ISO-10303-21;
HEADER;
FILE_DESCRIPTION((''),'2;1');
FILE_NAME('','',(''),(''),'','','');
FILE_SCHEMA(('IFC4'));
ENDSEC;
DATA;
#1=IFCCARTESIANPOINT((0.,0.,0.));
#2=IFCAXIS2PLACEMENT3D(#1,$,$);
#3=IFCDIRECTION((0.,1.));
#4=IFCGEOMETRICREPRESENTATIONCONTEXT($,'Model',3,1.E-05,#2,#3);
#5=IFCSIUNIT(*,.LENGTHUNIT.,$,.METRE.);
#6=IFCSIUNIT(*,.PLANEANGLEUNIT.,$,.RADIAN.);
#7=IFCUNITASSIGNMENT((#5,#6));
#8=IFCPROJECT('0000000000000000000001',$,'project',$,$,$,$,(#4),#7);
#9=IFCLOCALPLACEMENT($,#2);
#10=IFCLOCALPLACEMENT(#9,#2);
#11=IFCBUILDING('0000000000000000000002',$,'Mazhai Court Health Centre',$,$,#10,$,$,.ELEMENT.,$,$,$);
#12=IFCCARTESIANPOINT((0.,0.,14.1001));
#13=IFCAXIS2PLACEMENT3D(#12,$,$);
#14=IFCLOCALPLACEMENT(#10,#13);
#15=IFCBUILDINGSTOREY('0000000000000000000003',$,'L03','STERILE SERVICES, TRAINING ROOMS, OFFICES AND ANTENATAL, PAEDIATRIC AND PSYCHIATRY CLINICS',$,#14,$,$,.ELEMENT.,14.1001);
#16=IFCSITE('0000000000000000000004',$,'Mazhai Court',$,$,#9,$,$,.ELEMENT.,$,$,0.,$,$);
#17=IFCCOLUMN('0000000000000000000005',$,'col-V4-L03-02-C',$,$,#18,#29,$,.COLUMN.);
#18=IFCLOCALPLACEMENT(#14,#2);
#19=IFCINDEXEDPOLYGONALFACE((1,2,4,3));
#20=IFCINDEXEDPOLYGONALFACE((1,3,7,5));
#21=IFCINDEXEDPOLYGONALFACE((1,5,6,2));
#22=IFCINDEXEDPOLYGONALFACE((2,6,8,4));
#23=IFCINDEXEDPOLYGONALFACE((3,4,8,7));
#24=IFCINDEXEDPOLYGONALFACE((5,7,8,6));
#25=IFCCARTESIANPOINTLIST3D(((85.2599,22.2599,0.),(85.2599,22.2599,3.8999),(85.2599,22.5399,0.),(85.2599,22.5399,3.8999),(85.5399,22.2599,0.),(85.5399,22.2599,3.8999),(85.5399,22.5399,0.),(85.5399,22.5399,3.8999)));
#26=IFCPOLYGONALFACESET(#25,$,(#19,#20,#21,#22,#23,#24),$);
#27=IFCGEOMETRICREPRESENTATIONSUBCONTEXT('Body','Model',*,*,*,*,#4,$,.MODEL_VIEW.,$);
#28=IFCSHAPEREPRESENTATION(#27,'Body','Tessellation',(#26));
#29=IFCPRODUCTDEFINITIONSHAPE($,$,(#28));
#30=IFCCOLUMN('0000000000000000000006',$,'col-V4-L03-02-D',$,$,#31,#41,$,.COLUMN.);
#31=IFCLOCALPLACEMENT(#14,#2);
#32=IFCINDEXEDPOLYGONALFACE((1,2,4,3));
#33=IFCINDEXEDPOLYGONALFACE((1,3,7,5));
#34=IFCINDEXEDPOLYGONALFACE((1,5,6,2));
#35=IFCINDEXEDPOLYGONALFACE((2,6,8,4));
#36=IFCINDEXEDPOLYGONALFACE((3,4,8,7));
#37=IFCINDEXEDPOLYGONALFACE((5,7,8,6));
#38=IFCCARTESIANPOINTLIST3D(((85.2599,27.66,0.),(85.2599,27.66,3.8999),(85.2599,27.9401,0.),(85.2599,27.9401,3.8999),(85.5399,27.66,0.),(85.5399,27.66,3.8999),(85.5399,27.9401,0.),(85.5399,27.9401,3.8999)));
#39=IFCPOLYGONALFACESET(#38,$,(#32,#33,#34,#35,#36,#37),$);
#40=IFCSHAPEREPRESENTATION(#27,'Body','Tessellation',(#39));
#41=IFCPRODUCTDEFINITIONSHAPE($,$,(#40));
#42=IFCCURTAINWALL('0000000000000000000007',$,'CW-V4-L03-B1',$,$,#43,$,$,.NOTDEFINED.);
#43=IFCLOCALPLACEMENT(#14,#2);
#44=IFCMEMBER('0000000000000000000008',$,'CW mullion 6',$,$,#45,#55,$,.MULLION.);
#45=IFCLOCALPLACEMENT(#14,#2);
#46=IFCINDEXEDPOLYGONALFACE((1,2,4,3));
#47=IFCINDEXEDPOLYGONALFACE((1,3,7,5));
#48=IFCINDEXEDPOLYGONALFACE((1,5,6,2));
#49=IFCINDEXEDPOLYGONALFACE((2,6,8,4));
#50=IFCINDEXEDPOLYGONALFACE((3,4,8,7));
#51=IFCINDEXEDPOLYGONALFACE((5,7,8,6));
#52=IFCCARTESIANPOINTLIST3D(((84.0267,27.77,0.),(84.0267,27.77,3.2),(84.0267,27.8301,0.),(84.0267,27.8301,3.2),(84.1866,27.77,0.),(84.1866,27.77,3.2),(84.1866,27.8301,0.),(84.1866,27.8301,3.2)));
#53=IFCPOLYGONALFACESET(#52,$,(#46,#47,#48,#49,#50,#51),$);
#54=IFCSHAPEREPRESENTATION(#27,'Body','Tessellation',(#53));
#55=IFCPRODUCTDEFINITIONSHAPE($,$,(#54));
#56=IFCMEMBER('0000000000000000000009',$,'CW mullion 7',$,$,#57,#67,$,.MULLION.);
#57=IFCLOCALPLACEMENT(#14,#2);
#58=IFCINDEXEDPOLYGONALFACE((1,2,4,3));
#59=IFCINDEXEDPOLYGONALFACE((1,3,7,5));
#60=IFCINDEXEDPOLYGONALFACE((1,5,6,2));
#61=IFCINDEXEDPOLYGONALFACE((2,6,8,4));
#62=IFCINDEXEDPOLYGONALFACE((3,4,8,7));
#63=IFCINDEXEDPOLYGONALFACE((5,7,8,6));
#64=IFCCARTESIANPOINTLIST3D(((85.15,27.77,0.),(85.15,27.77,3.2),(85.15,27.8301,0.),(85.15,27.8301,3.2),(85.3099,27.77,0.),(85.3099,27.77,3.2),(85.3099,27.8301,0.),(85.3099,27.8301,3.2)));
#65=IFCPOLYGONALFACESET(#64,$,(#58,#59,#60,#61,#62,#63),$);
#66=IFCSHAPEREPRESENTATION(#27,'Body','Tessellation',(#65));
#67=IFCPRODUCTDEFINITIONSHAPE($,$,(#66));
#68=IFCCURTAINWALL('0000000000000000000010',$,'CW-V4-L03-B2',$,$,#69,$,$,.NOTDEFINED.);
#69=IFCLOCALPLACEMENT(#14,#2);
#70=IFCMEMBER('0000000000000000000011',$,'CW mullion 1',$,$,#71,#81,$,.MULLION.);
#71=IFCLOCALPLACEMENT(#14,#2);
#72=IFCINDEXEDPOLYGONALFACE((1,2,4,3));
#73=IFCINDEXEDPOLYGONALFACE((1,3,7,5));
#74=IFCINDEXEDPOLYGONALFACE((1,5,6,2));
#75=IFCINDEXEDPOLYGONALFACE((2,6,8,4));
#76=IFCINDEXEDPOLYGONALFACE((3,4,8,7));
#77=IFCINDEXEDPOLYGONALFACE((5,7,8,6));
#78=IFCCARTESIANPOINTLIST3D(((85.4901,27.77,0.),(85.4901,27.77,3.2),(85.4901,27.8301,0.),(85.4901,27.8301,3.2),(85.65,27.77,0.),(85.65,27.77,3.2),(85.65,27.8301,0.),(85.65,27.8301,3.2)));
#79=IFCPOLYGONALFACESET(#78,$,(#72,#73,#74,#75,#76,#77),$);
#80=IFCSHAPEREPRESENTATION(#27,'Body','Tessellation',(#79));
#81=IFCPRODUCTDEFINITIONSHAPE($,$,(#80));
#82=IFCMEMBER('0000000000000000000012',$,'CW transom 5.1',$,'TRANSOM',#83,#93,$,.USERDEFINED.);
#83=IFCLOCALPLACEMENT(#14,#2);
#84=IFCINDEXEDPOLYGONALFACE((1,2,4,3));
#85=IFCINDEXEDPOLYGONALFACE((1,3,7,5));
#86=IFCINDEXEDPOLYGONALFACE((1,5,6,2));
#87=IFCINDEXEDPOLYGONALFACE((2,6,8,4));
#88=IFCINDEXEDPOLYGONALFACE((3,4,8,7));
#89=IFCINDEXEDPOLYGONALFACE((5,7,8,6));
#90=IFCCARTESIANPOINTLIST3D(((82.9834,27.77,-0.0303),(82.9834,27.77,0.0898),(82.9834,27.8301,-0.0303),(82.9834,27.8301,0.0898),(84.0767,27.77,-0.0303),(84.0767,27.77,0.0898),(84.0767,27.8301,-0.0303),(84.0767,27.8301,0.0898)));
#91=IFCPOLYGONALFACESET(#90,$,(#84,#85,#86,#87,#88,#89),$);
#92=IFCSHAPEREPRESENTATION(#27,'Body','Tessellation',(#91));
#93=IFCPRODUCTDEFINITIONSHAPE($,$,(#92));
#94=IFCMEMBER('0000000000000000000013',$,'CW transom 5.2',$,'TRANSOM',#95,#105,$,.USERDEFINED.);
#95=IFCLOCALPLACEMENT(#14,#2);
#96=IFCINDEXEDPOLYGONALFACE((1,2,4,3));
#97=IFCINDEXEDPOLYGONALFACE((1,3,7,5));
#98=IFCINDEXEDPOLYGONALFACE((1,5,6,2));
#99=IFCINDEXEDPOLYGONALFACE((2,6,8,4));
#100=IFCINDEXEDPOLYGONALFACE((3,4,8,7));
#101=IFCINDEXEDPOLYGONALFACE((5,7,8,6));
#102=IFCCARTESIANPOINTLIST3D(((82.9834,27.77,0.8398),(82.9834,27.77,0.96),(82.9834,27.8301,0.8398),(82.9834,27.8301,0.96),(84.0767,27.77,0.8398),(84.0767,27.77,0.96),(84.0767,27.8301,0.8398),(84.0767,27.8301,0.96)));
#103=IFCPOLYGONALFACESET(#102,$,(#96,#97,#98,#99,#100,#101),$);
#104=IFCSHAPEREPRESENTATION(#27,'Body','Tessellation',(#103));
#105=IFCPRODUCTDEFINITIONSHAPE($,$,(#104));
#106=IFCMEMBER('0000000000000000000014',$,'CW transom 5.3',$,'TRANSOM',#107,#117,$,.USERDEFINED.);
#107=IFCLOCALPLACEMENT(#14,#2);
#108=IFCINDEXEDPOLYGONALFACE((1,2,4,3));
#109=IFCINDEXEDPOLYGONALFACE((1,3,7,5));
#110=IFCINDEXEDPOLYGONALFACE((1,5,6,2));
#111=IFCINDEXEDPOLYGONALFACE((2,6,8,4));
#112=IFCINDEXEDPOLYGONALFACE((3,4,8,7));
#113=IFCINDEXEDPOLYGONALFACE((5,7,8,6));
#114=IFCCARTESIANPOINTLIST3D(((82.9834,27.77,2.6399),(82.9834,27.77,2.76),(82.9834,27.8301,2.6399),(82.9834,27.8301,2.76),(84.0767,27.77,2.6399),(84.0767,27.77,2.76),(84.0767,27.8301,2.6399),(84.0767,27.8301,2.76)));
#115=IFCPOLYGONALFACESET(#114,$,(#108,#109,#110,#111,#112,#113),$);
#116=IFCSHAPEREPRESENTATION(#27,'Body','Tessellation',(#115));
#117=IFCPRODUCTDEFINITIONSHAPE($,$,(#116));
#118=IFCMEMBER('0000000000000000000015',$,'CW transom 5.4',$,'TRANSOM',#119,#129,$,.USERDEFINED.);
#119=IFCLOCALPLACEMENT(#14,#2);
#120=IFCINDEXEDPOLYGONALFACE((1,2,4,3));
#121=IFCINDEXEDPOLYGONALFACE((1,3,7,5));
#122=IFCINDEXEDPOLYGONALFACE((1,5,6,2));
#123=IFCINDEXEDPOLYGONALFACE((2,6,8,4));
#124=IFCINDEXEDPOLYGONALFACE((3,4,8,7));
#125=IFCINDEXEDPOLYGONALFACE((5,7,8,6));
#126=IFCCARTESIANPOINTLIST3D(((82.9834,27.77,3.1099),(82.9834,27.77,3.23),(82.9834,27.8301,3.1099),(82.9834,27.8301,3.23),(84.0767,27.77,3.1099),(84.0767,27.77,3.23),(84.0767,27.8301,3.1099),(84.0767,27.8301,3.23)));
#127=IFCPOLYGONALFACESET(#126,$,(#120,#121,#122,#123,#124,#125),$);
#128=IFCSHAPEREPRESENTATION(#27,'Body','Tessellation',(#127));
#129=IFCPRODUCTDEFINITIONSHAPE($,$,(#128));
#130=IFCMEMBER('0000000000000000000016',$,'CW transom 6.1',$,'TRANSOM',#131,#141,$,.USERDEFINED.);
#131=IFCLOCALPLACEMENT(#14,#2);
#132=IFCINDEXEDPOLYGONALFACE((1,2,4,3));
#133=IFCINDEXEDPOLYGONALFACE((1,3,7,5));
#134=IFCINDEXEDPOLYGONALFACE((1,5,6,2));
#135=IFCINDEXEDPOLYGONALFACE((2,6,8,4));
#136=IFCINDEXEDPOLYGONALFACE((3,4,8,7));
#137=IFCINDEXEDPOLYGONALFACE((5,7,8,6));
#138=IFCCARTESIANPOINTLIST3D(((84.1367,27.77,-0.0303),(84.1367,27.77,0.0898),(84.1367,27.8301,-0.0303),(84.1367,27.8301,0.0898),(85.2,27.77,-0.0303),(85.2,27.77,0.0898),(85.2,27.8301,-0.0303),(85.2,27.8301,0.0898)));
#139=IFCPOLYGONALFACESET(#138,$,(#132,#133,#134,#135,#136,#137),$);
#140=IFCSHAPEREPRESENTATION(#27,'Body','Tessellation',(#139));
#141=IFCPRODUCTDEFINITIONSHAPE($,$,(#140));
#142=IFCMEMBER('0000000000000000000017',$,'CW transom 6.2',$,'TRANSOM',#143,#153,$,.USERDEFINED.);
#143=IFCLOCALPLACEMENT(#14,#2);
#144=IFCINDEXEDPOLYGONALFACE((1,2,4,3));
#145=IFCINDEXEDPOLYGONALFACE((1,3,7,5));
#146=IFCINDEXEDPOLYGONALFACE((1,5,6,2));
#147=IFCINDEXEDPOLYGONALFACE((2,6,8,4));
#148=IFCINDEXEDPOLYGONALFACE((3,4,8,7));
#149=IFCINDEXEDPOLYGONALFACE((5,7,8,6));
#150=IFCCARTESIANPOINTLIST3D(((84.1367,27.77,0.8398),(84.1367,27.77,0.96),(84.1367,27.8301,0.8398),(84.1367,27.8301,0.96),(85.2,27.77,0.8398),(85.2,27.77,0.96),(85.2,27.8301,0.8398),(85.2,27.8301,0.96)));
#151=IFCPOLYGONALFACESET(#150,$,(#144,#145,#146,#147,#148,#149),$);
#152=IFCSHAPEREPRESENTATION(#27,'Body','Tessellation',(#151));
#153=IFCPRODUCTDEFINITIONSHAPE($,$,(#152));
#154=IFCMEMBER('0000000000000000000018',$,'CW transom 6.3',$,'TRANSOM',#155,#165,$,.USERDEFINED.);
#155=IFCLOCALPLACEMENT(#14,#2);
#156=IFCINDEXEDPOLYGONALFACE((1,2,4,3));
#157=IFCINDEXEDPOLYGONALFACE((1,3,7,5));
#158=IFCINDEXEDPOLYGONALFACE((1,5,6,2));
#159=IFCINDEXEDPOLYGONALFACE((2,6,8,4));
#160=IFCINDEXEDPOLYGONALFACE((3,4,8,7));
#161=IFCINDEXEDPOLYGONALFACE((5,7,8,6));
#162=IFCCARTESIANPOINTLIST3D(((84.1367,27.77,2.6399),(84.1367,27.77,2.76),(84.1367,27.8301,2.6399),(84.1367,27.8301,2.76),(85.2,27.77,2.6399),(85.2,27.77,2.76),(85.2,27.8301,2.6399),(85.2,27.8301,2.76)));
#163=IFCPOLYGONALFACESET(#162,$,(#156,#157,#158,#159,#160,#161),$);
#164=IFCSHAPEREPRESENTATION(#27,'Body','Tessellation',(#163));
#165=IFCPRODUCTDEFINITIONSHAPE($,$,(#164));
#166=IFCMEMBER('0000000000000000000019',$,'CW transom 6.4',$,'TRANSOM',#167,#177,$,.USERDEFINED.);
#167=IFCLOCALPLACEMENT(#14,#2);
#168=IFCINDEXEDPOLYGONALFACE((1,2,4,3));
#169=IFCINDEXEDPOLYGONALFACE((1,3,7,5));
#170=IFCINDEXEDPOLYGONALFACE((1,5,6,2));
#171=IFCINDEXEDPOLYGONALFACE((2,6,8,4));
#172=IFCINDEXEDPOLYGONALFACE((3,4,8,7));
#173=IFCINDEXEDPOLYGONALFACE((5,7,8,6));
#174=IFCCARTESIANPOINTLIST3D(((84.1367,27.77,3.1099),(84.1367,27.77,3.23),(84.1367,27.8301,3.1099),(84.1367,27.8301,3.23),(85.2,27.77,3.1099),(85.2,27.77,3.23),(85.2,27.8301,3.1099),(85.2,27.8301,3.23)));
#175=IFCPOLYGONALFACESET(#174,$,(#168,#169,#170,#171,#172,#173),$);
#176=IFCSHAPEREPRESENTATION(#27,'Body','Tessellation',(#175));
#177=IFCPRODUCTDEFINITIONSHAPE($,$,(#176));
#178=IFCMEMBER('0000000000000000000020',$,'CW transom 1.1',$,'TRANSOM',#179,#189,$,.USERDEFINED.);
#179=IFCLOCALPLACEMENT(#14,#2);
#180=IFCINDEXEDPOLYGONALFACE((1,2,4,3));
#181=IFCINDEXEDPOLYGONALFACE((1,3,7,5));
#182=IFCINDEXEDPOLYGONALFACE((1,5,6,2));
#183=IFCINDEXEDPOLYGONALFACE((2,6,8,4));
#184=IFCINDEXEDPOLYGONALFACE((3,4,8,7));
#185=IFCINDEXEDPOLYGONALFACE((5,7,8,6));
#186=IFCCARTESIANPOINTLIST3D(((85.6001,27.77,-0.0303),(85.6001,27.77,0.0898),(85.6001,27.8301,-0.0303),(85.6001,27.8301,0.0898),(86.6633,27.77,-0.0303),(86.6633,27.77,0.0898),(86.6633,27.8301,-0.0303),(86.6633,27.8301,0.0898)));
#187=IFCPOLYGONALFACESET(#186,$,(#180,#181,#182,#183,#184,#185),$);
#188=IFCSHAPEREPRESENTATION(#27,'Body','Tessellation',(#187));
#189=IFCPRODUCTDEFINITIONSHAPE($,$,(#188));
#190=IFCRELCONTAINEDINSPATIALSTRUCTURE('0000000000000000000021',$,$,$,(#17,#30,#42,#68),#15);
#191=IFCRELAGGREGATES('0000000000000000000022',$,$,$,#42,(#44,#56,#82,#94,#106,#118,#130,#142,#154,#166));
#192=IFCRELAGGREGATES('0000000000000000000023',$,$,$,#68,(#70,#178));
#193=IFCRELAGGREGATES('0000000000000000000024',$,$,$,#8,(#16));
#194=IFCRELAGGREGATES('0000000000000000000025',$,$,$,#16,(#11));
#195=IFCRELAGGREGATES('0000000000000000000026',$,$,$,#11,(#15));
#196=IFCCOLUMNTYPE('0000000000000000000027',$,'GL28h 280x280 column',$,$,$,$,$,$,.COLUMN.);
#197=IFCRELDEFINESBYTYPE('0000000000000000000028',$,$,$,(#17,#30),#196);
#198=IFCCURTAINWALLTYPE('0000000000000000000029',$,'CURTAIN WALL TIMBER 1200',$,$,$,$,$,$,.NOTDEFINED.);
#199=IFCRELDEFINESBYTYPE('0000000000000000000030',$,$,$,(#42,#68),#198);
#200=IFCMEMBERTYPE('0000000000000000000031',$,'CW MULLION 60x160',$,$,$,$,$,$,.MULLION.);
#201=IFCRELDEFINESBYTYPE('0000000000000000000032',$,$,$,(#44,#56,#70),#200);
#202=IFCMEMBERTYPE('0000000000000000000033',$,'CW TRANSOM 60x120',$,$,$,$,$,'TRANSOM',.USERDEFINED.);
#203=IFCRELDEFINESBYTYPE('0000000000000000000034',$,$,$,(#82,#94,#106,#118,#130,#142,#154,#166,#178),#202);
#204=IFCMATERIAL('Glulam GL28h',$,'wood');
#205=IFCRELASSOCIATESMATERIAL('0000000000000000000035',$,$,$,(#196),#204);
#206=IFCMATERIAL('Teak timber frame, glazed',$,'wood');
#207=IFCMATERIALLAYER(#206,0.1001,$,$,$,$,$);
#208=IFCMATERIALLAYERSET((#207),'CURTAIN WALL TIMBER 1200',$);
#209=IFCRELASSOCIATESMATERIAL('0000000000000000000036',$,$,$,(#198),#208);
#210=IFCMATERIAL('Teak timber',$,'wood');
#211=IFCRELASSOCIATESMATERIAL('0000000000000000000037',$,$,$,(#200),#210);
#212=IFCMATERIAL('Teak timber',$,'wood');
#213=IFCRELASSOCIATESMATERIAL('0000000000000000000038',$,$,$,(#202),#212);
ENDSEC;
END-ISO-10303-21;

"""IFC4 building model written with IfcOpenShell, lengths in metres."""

from ifc_helpers import new_model, si_unit, direction, frame, origin, origin_2d, place, context, subcontext, project, spatial, rectangle, extrude, material, layer, layer_set, material_profile, profile_set, type_object, element, aggregate, save


model = new_model("IFC4")

# Units and contexts
model_context = context("Model", 3, precision=1e-05, world=origin(), true_north=direction((0.0, 1.0)))
body_context = subcontext(model_context, "Body", "Model", "MODEL_VIEW")
ifc_project = project(units=[si_unit("LENGTHUNIT", "METRE"), si_unit("PLANEANGLEUNIT", "RADIAN")], contexts=[model_context])

# Site, building, storey
site_placement = place(None, origin())
site = spatial("IfcSite", under=ifc_project, at=site_placement, Name="Mazhai Court", CompositionType="ELEMENT", RefElevation=0.0)
building_placement = place(site_placement, origin())
building = spatial("IfcBuilding", under=site, at=building_placement, Name="Mazhai Court Health Centre", CompositionType="ELEMENT")
storey_placement = place(building_placement, frame((0.0, 0.0, 14.1001)))
storey = spatial("IfcBuildingStorey", under=building, at=storey_placement, Name="L03", Description="STERILE SERVICES, TRAINING ROOMS, OFFICES AND ANTENATAL, PAEDIATRIC AND PSYCHIATRY CLINICS", CompositionType="ELEMENT", Elevation=14.1001)

# Columns
ifc_material_1 = material(Name="Glulam GL28h", Category="wood")
ifc_material_profile_1 = material_profile(ifc_material_1, rectangle(XDim=0.28, YDim=0.28, at=origin_2d()), Name="GL28h 280x280")
ifc_profile_set_1 = profile_set([ifc_material_profile_1], Name="Glulam GL28h")
column_type = type_object("IfcColumnType", Name="GL28h 280x280 column", PredefinedType="COLUMN", material=ifc_profile_set_1)
for number, where, z_axis, x_axis, name in (
    (1, (85.3999, 22.3999, 0.0), (0.0, 0.0, 1.0), (1.0, 0.0, 0.0), "col-V4-L03-02-C"),
    (2, (85.3999, 27.8, 0.0), (0.0, 0.0, 1.0), (1.0, 0.0, 0.0), "col-V4-L03-02-D"),
):
    element("IfcColumn", number, at=place(storey_placement, frame(where, z_axis=z_axis, x_axis=x_axis)), inside=storey, type_object=column_type, Name=name, PredefinedType="COLUMN", context=body_context, shape_type="SweptSolid", body=[
        extrude(rectangle(XDim=0.28, YDim=0.28, at=origin_2d()), origin(), (0.0, 0.0, 1.0), 3.8999),
    ])

# Curtain wall, members
ifc_material_2 = material(Name="Teak timber frame, glazed", Category="wood")
ifc_layer_1 = layer(ifc_material_2, 0.1001)
ifc_layer_set_1 = layer_set([ifc_layer_1], Name="CURTAIN WALL TIMBER 1200")
curtain_wall_type = type_object("IfcCurtainWallType", Name="CURTAIN WALL TIMBER 1200", PredefinedType="NOTDEFINED", material=ifc_layer_set_1)
curtain_wall_1_placement = place(storey_placement, origin())
curtain_wall_1 = element("IfcCurtainWall", 3, at=curtain_wall_1_placement, inside=storey, type_object=curtain_wall_type, Name="CW-V4-L03-B1", PredefinedType="NOTDEFINED")
ifc_material_3 = material(Name="Teak timber", Category="wood")
ifc_material_profile_2 = material_profile(ifc_material_3, rectangle(XDim=0.0601, YDim=0.1599, at=origin_2d()), Name="CW MULLION 60x160")
ifc_profile_set_2 = profile_set([ifc_material_profile_2], Name="Teak timber")
member_type_1 = type_object("IfcMemberType", Name="CW MULLION 60x160", PredefinedType="MULLION", material=ifc_profile_set_2)
member_1_placement = place(storey_placement, frame((84.1067, 27.8, 0.0), z_axis=(0.0, 0.0, 1.0), x_axis=(0.0, 1.0, 0.0)))
member_1 = element("IfcMember", 4, at=member_1_placement, type_object=member_type_1, Name="CW mullion 6", PredefinedType="MULLION", context=body_context, shape_type="SweptSolid", body=[
    extrude(rectangle(XDim=0.0601, YDim=0.1599, at=origin_2d()), origin(), (0.0, 0.0, 1.0), 3.2),
])
member_2_placement = place(storey_placement, frame((85.23, 27.8, 0.0), z_axis=(0.0, 0.0, 1.0), x_axis=(0.0, 1.0, 0.0)))
member_2 = element("IfcMember", 5, at=member_2_placement, type_object=member_type_1, Name="CW mullion 7", PredefinedType="MULLION", context=body_context, shape_type="SweptSolid", body=[
    extrude(rectangle(XDim=0.0601, YDim=0.1599, at=origin_2d()), origin(), (0.0, 0.0, 1.0), 3.2),
])

# Curtain wall, member
curtain_wall_2_placement = place(storey_placement, origin())
curtain_wall_2 = element("IfcCurtainWall", 6, at=curtain_wall_2_placement, inside=storey, type_object=curtain_wall_type, Name="CW-V4-L03-B2", PredefinedType="NOTDEFINED")
member_3_placement = place(storey_placement, frame((85.5701, 27.8, 0.0), z_axis=(0.0, 0.0, 1.0), x_axis=(0.0, 1.0, 0.0)))
member_3 = element("IfcMember", 7, at=member_3_placement, type_object=member_type_1, Name="CW mullion 1", PredefinedType="MULLION", context=body_context, shape_type="SweptSolid", body=[
    extrude(rectangle(XDim=0.0601, YDim=0.1599, at=origin_2d()), origin(), (0.0, 0.0, 1.0), 3.2),
])

# Members
ifc_material_4 = material(Name="Teak timber", Category="wood")
ifc_material_profile_3 = material_profile(ifc_material_4, rectangle(XDim=0.0601, YDim=0.1201, at=origin_2d()), Name="CW TRANSOM 60x120")
ifc_profile_set_3 = profile_set([ifc_material_profile_3], Name="Teak timber")
member_type_2 = type_object("IfcMemberType", Name="CW TRANSOM 60x120", ElementType="TRANSOM", PredefinedType="USERDEFINED", material=ifc_profile_set_3)
member_4_placement = place(storey_placement, frame((82.9834, 27.8, 0.0298), z_axis=(1.0, 0.0, 0.0), x_axis=(0.0, 1.0, 0.0)))
member_4 = element("IfcMember", 8, at=member_4_placement, type_object=member_type_2, Name="CW transom 5.1", ObjectType="TRANSOM", PredefinedType="USERDEFINED", context=body_context, shape_type="SweptSolid", body=[
    extrude(rectangle(XDim=0.0601, YDim=0.1201, at=origin_2d()), origin(), (0.0, 0.0, 1.0), 1.0933),
])
member_5_placement = place(storey_placement, frame((82.9834, 27.8, 0.8999), z_axis=(1.0, 0.0, 0.0), x_axis=(0.0, 1.0, 0.0)))
member_5 = element("IfcMember", 9, at=member_5_placement, type_object=member_type_2, Name="CW transom 5.2", ObjectType="TRANSOM", PredefinedType="USERDEFINED", context=body_context, shape_type="SweptSolid", body=[
    extrude(rectangle(XDim=0.0601, YDim=0.1201, at=origin_2d()), origin(), (0.0, 0.0, 1.0), 1.0933),
])
member_6_placement = place(storey_placement, frame((82.9834, 27.8, 2.7), z_axis=(1.0, 0.0, 0.0), x_axis=(0.0, 1.0, 0.0)))
member_6 = element("IfcMember", 10, at=member_6_placement, type_object=member_type_2, Name="CW transom 5.3", ObjectType="TRANSOM", PredefinedType="USERDEFINED", context=body_context, shape_type="SweptSolid", body=[
    extrude(rectangle(XDim=0.0601, YDim=0.1201, at=origin_2d()), origin(), (0.0, 0.0, 1.0), 1.0933),
])
member_7_placement = place(storey_placement, frame((82.9834, 27.8, 3.1699), z_axis=(1.0, 0.0, 0.0), x_axis=(0.0, 1.0, 0.0)))
member_7 = element("IfcMember", 11, at=member_7_placement, type_object=member_type_2, Name="CW transom 5.4", ObjectType="TRANSOM", PredefinedType="USERDEFINED", context=body_context, shape_type="SweptSolid", body=[
    extrude(rectangle(XDim=0.0601, YDim=0.1201, at=origin_2d()), origin(), (0.0, 0.0, 1.0), 1.0933),
])
member_8_placement = place(storey_placement, frame((84.1367, 27.8, 0.0298), z_axis=(1.0, 0.0, 0.0), x_axis=(0.0, 1.0, 0.0)))
member_8 = element("IfcMember", 12, at=member_8_placement, type_object=member_type_2, Name="CW transom 6.1", ObjectType="TRANSOM", PredefinedType="USERDEFINED", context=body_context, shape_type="SweptSolid", body=[
    extrude(rectangle(XDim=0.0601, YDim=0.1201, at=origin_2d()), origin(), (0.0, 0.0, 1.0), 1.0632),
])
member_9_placement = place(storey_placement, frame((84.1367, 27.8, 0.8999), z_axis=(1.0, 0.0, 0.0), x_axis=(0.0, 1.0, 0.0)))
member_9 = element("IfcMember", 13, at=member_9_placement, type_object=member_type_2, Name="CW transom 6.2", ObjectType="TRANSOM", PredefinedType="USERDEFINED", context=body_context, shape_type="SweptSolid", body=[
    extrude(rectangle(XDim=0.0601, YDim=0.1201, at=origin_2d()), origin(), (0.0, 0.0, 1.0), 1.0632),
])
member_10_placement = place(storey_placement, frame((84.1367, 27.8, 2.7), z_axis=(1.0, 0.0, 0.0), x_axis=(0.0, 1.0, 0.0)))
member_10 = element("IfcMember", 14, at=member_10_placement, type_object=member_type_2, Name="CW transom 6.3", ObjectType="TRANSOM", PredefinedType="USERDEFINED", context=body_context, shape_type="SweptSolid", body=[
    extrude(rectangle(XDim=0.0601, YDim=0.1201, at=origin_2d()), origin(), (0.0, 0.0, 1.0), 1.0632),
])
member_11_placement = place(storey_placement, frame((84.1367, 27.8, 3.1699), z_axis=(1.0, 0.0, 0.0), x_axis=(0.0, 1.0, 0.0)))
member_11 = element("IfcMember", 15, at=member_11_placement, type_object=member_type_2, Name="CW transom 6.4", ObjectType="TRANSOM", PredefinedType="USERDEFINED", context=body_context, shape_type="SweptSolid", body=[
    extrude(rectangle(XDim=0.0601, YDim=0.1201, at=origin_2d()), origin(), (0.0, 0.0, 1.0), 1.0632),
])
member_12_placement = place(storey_placement, frame((85.6001, 27.8, 0.0298), z_axis=(1.0, 0.0, 0.0), x_axis=(0.0, 1.0, 0.0)))
member_12 = element("IfcMember", 16, at=member_12_placement, type_object=member_type_2, Name="CW transom 1.1", ObjectType="TRANSOM", PredefinedType="USERDEFINED", context=body_context, shape_type="SweptSolid", body=[
    extrude(rectangle(XDim=0.0601, YDim=0.1201, at=origin_2d()), origin(), (0.0, 0.0, 1.0), 1.0632),
])

aggregate(curtain_wall_1, [member_1, member_2, member_4, member_5, member_6, member_7, member_8, member_9, member_10, member_11])
aggregate(curtain_wall_2, [member_3, member_12])

save(model, "model.ifc")
